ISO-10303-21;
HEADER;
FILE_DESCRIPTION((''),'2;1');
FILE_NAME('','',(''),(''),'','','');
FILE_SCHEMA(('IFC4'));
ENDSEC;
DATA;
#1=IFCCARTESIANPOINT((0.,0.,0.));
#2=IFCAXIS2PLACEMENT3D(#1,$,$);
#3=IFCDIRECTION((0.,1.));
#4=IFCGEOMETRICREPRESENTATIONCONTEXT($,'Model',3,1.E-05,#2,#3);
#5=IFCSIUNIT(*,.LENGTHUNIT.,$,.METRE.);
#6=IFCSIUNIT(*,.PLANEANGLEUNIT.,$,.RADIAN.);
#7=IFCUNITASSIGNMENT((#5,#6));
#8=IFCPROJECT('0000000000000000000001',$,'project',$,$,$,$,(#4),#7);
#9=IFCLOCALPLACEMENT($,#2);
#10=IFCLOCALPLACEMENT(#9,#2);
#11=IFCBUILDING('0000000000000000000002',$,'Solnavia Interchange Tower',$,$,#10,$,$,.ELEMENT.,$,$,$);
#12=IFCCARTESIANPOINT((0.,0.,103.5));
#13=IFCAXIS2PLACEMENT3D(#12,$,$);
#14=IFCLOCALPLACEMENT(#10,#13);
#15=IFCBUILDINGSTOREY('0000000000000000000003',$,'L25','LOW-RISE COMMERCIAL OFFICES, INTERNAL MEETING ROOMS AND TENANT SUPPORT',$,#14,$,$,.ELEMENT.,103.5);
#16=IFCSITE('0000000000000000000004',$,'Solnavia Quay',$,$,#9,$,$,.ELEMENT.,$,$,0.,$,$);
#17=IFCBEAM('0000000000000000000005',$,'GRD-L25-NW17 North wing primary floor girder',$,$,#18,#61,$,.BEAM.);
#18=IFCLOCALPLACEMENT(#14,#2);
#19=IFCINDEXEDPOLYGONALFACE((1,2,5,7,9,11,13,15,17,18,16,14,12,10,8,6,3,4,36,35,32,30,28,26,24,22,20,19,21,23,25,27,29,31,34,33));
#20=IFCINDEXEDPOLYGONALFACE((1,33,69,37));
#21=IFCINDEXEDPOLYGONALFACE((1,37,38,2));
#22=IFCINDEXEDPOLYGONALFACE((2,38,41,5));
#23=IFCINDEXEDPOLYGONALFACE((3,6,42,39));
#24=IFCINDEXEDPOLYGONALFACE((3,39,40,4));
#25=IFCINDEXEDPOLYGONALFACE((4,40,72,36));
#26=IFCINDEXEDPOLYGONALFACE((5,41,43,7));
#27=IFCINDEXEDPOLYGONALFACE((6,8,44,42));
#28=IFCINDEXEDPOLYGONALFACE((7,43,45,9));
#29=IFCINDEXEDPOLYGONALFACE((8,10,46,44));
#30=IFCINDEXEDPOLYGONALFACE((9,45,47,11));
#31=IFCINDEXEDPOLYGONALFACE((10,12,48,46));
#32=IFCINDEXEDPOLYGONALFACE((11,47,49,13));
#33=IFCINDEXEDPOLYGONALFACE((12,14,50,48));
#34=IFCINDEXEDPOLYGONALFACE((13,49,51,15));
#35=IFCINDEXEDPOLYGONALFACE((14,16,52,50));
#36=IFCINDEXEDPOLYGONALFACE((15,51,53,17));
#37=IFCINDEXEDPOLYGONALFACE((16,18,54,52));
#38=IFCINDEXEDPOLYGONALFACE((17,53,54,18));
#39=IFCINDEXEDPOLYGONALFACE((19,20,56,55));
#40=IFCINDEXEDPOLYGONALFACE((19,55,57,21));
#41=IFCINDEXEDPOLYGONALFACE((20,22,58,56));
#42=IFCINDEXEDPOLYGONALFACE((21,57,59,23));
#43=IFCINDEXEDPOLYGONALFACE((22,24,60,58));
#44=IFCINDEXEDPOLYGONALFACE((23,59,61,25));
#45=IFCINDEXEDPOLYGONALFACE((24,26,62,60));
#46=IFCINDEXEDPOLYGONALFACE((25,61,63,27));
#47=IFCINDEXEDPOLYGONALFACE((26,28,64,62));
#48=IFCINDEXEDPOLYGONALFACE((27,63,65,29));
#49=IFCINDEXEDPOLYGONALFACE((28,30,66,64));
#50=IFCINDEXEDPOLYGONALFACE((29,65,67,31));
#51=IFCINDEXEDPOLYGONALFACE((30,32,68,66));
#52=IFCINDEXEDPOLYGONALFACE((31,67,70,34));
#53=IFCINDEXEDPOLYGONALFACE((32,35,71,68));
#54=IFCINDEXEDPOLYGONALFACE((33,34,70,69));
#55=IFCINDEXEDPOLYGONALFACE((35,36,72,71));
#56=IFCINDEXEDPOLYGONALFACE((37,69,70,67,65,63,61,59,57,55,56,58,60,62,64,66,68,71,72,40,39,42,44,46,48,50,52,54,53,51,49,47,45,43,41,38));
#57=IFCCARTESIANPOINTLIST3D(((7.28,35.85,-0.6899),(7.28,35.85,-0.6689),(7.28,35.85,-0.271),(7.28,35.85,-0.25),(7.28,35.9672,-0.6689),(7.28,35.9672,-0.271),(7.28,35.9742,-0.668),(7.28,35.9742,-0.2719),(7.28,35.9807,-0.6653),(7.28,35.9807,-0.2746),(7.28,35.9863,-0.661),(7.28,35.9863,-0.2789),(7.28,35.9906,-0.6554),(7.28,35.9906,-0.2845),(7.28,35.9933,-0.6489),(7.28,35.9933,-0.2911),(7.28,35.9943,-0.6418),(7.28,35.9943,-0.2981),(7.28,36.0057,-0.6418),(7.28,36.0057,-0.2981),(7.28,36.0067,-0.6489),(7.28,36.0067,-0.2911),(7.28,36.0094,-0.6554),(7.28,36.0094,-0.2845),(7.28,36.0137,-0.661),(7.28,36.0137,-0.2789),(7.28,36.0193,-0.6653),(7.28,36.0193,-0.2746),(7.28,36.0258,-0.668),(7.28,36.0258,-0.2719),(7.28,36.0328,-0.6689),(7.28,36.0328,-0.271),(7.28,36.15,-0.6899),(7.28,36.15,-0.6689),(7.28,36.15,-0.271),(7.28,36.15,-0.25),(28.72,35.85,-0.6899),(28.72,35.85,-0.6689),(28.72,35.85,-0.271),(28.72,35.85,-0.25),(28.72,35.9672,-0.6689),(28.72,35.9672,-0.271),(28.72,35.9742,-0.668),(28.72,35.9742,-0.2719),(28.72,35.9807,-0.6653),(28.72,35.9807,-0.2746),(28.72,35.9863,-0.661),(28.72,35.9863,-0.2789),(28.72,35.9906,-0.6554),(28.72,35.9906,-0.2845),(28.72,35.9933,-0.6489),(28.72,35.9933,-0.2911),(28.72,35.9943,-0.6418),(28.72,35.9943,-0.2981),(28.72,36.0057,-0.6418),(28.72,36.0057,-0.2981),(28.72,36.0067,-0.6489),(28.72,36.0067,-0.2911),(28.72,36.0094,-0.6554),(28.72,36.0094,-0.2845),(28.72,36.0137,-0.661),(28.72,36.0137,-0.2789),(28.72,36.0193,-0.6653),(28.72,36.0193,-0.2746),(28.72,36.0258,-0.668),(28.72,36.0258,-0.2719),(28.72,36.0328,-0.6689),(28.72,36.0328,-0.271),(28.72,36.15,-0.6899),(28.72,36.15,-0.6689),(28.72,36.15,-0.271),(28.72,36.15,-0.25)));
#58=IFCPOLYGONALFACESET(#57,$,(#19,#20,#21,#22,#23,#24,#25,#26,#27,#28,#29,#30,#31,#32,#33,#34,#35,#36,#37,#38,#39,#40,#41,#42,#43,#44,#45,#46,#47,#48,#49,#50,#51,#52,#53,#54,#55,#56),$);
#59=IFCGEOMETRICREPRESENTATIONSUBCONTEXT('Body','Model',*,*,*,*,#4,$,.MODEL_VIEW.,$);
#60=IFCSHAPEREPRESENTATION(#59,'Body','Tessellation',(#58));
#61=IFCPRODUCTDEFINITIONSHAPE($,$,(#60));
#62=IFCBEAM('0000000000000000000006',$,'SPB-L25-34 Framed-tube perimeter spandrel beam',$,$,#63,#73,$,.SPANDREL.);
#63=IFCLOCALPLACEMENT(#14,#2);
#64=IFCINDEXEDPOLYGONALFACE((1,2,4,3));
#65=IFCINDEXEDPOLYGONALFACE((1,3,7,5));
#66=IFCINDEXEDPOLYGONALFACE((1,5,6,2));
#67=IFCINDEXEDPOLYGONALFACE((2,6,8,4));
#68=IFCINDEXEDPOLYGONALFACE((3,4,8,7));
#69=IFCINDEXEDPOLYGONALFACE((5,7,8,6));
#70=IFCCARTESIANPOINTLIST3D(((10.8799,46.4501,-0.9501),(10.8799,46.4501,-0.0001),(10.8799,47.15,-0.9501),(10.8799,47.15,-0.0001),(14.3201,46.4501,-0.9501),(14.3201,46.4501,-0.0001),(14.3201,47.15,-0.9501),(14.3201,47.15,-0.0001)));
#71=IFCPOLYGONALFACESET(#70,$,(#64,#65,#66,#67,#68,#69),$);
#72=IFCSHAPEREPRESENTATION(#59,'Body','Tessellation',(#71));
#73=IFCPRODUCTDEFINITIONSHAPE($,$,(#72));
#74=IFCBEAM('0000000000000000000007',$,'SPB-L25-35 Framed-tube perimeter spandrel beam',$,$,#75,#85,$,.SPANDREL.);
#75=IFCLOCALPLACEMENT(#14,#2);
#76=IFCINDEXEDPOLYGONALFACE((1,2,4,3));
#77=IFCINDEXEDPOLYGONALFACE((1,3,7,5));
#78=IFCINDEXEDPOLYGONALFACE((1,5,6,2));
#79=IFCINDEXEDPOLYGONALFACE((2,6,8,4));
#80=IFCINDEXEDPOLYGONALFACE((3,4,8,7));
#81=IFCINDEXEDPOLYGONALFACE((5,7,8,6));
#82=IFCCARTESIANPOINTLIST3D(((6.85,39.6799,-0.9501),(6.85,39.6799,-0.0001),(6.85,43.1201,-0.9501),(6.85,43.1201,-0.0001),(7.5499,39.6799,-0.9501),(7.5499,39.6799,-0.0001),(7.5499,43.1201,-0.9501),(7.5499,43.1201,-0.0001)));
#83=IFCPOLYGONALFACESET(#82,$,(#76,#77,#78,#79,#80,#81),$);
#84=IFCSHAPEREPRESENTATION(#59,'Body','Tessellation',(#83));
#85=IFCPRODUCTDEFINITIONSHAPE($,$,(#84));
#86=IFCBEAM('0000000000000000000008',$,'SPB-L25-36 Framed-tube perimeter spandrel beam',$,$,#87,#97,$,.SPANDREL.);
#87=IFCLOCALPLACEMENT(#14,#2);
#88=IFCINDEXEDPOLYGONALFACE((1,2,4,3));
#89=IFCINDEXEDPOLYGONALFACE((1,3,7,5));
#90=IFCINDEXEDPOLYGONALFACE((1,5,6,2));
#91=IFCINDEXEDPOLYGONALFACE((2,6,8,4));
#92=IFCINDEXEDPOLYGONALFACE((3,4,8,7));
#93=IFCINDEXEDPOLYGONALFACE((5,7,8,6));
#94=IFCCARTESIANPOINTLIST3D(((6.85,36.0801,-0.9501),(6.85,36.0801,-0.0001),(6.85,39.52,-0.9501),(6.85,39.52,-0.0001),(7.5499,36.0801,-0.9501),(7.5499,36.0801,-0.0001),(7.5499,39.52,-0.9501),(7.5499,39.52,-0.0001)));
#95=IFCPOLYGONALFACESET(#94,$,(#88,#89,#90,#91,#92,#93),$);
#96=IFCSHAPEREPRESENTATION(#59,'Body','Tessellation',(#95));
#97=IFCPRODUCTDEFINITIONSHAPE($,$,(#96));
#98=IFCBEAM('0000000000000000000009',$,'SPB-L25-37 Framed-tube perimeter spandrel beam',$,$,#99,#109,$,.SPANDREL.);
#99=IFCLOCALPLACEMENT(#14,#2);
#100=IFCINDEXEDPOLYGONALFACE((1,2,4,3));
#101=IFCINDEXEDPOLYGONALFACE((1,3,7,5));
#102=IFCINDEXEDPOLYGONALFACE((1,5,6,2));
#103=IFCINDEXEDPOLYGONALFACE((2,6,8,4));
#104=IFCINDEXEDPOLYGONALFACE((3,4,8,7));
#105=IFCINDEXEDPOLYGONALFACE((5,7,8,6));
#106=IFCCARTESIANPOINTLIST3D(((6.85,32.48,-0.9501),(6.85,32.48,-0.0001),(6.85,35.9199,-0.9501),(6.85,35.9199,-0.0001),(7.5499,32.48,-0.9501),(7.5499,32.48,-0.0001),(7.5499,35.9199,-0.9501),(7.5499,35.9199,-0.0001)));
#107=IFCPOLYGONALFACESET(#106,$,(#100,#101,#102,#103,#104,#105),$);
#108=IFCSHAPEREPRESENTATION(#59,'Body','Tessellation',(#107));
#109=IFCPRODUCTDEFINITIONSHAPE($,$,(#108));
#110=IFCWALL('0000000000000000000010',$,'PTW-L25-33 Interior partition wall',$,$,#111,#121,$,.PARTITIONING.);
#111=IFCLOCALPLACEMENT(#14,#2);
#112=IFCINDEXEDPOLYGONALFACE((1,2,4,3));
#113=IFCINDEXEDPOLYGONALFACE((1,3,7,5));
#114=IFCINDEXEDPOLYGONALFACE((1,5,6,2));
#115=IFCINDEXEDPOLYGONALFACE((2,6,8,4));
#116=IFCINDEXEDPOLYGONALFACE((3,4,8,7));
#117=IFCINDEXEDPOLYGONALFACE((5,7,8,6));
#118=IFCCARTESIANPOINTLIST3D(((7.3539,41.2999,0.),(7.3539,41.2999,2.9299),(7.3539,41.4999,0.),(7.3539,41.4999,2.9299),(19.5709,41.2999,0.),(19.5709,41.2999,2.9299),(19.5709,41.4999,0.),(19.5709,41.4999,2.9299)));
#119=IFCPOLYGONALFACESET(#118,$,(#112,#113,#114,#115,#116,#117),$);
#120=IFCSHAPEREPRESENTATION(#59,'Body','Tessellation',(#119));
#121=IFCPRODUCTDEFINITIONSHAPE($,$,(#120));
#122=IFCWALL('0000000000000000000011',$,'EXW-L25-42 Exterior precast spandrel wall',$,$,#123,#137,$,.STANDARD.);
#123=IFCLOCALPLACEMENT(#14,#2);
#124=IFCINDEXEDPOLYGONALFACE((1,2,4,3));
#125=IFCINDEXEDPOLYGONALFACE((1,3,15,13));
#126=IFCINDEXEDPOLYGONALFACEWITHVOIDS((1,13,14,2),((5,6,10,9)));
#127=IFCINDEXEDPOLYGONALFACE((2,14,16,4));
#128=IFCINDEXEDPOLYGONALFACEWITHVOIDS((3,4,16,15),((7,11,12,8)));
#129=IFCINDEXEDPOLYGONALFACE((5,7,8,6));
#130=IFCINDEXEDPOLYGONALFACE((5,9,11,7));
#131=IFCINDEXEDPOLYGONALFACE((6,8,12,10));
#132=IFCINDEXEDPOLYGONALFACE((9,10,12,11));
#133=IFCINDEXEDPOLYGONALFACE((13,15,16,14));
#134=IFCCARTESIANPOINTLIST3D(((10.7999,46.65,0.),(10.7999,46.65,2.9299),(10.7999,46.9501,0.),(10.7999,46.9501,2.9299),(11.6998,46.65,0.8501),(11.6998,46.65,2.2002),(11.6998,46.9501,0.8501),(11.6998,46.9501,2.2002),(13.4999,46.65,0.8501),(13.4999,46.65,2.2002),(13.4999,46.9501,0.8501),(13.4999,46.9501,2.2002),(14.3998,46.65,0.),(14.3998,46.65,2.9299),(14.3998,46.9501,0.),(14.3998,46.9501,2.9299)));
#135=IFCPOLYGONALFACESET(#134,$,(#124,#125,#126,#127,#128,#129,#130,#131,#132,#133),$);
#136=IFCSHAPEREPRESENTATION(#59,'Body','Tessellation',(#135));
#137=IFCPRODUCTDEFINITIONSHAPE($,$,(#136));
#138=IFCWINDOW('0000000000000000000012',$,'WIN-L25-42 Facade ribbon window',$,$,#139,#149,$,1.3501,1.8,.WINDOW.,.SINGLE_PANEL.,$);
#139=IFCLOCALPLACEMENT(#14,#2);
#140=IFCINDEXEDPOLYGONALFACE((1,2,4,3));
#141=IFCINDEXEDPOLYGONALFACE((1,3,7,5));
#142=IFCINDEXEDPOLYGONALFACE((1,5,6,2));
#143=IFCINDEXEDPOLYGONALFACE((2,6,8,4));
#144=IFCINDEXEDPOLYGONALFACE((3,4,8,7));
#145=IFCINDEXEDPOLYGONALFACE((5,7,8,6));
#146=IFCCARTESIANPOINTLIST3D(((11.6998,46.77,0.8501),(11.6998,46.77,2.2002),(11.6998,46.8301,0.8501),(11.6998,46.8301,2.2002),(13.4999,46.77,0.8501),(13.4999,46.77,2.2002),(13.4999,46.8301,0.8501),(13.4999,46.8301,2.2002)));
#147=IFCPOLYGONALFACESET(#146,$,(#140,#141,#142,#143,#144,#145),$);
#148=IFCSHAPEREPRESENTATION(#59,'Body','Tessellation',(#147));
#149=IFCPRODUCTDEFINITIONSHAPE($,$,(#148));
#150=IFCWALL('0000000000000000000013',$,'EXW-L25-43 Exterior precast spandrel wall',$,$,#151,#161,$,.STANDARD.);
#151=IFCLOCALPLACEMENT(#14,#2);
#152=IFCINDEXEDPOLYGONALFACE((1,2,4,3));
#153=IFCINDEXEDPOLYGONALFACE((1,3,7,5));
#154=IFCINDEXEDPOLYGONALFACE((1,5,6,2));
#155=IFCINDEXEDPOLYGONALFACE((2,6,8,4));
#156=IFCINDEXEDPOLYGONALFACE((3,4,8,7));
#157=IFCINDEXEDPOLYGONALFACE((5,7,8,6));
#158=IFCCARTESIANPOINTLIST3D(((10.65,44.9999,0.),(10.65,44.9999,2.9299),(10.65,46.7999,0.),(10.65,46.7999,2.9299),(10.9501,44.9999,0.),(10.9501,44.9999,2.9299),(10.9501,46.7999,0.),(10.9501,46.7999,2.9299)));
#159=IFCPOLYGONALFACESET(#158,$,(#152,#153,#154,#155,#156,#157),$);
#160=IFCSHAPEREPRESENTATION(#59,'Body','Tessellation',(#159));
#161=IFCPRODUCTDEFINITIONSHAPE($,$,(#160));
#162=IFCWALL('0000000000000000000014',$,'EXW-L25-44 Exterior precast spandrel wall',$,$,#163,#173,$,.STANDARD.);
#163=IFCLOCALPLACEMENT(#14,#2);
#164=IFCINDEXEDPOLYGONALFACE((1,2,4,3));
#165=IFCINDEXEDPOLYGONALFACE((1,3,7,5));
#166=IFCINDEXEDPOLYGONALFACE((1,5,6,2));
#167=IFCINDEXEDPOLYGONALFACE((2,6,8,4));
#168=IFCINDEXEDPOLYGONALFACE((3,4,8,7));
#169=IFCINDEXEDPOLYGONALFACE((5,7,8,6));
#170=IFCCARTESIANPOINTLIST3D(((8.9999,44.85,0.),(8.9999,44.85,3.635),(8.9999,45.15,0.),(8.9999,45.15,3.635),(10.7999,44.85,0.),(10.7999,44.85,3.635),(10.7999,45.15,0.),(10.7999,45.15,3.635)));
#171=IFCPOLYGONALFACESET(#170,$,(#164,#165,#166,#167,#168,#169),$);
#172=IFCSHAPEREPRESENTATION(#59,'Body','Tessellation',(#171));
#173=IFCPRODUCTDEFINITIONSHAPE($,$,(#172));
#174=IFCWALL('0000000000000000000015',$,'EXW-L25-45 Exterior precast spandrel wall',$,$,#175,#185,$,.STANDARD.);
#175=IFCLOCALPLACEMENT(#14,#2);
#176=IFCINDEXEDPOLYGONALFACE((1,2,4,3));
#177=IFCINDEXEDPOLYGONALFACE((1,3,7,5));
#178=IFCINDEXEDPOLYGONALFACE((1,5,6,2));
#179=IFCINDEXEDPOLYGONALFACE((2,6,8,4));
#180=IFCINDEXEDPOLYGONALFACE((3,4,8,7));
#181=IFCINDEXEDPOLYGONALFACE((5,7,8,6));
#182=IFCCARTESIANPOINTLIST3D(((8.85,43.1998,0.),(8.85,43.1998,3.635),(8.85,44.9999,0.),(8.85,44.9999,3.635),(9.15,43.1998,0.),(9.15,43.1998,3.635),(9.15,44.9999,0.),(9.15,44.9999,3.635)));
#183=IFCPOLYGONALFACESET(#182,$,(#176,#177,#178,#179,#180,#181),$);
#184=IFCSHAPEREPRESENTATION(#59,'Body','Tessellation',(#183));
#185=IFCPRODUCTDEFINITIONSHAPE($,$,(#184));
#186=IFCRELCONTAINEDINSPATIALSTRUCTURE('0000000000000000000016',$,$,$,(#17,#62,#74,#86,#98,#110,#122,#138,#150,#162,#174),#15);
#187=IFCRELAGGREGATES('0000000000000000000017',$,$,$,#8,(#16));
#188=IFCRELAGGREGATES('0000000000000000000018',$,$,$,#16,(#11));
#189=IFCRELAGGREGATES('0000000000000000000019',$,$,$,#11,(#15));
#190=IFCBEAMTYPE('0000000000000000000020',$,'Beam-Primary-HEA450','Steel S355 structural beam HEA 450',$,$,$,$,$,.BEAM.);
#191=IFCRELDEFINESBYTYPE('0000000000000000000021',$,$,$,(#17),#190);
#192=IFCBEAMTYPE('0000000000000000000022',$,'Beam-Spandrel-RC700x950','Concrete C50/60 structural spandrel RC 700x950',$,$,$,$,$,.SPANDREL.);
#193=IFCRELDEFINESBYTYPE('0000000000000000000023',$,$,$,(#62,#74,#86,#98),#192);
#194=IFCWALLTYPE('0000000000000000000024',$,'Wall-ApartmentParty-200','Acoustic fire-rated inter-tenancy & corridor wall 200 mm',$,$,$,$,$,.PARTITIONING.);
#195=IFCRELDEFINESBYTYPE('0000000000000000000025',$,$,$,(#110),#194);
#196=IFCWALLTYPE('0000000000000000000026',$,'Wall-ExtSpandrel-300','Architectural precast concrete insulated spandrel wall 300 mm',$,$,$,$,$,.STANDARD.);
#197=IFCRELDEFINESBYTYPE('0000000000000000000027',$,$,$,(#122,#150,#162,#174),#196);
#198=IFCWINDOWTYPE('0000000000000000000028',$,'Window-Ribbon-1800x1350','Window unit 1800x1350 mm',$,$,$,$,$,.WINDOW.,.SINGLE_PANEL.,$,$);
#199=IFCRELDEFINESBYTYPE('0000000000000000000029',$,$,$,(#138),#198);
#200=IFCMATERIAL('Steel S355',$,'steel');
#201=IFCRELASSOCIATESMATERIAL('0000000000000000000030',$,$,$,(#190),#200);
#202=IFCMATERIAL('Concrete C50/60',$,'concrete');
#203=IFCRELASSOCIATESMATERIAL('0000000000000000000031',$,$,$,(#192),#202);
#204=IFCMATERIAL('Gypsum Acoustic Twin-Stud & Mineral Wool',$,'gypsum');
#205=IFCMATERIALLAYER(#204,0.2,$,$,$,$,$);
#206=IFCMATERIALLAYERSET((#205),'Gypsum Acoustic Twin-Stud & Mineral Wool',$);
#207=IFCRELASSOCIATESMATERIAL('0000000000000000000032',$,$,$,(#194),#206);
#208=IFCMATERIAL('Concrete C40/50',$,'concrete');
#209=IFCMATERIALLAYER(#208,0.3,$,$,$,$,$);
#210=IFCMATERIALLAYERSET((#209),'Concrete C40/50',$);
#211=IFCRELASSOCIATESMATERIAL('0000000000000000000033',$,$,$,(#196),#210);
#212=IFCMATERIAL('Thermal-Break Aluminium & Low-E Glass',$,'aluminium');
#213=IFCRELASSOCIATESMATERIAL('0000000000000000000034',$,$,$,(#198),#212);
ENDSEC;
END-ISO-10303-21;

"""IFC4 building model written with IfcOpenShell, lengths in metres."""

from ifc_helpers import new_model, si_unit, direction, frame, frame_2d, origin, origin_2d, place, context, subcontext, project, spatial, rectangle, i_section, extrude, material, layer, layer_set, material_profile, profile_set, type_object, element, fill, save


model = new_model("IFC4")

# Units and contexts
model_context = context("Model", 3, precision=1e-05, world=origin(), true_north=direction((0.0, 1.0)))
body_context = subcontext(model_context, "Body", "Model", "MODEL_VIEW")
ifc_project = project(units=[si_unit("LENGTHUNIT", "METRE"), si_unit("PLANEANGLEUNIT", "RADIAN")], contexts=[model_context])

# Site, building, storey
site_placement = place(None, origin())
site = spatial("IfcSite", under=ifc_project, at=site_placement, Name="Solnavia Quay", CompositionType="ELEMENT", RefElevation=0.0)
building_placement = place(site_placement, origin())
building = spatial("IfcBuilding", under=site, at=building_placement, Name="Solnavia Interchange Tower", CompositionType="ELEMENT")
storey_placement = place(building_placement, frame((0.0, 0.0, 103.5)))
storey = spatial("IfcBuildingStorey", under=building, at=storey_placement, Name="L25", Description="LOW-RISE COMMERCIAL OFFICES, INTERNAL MEETING ROOMS AND TENANT SUPPORT", CompositionType="ELEMENT", Elevation=103.5)

# Shared definitions
ifc_material_1 = material(Name="Concrete C50/60", Category="concrete")

# Beams
ifc_material_2 = material(Name="Steel S355", Category="steel")
ifc_material_profile_1 = material_profile(ifc_material_2, i_section(OverallWidth=0.3, OverallDepth=0.4399, WebThickness=0.0115, FlangeThickness=0.021, FilletRadius=0.0271, at=origin_2d()), Name="HEA 450")
ifc_profile_set_1 = profile_set([ifc_material_profile_1], Name="Steel S355")
beam_type_1 = type_object("IfcBeamType", Name="Beam-Primary-HEA450", Description="Steel S355 structural beam HEA 450", PredefinedType="BEAM", material=ifc_profile_set_1)
beam_1_placement = place(storey_placement, frame((7.28, 36.0, -0.47), z_axis=(1.0, 0.0, 0.0), x_axis=(0.0, 1.0, 0.0)))
element("IfcBeam", 1, at=beam_1_placement, inside=storey, type_object=beam_type_1, Name="GRD-L25-NW17 North wing primary floor girder", PredefinedType="BEAM", context=body_context, shape_type="SweptSolid", body=[
    extrude(i_section(OverallWidth=0.3, OverallDepth=0.4399, WebThickness=0.0115, FlangeThickness=0.021, FilletRadius=0.0271, at=origin_2d()), origin(), (0.0, 0.0, 1.0), 21.4399),
])
ifc_material_profile_2 = material_profile(ifc_material_1, rectangle(XDim=0.7, YDim=0.95, at=origin_2d()), Name="RC 700x950")
ifc_profile_set_2 = profile_set([ifc_material_profile_2], Name="Concrete C50/60")
beam_type_2 = type_object("IfcBeamType", Name="Beam-Spandrel-RC700x950", Description="Concrete C50/60 structural spandrel RC 700x950", PredefinedType="SPANDREL", material=ifc_profile_set_2)
for number, where, z_axis, x_axis, name in (
    (2, (14.3201, 46.8, -0.4751), (-1.0, 0.0, 0.0), (0.0, -1.0, 0.0), "SPB-L25-34 Framed-tube perimeter spandrel beam"),
    (3, (7.2, 43.1201, -0.4751), (0.0, -1.0, 0.0), (1.0, 0.0, 0.0), "SPB-L25-35 Framed-tube perimeter spandrel beam"),
):
    element("IfcBeam", number, at=place(storey_placement, frame(where, z_axis=z_axis, x_axis=x_axis)), inside=storey, type_object=beam_type_2, Name=name, PredefinedType="SPANDREL", context=body_context, shape_type="SweptSolid", body=[
        extrude(rectangle(XDim=0.7, YDim=0.95, at=origin_2d()), origin(), (0.0, 0.0, 1.0), 3.4402),
    ])
for number, where, z_axis, x_axis, name in (
    (4, (7.2, 39.52, -0.4751), (0.0, -1.0, 0.0), (1.0, 0.0, 0.0), "SPB-L25-36 Framed-tube perimeter spandrel beam"),
    (5, (7.2, 35.9199, -0.4751), (0.0, -1.0, 0.0), (1.0, 0.0, 0.0), "SPB-L25-37 Framed-tube perimeter spandrel beam"),
):
    element("IfcBeam", number, at=place(storey_placement, frame(where, z_axis=z_axis, x_axis=x_axis)), inside=storey, type_object=beam_type_2, Name=name, PredefinedType="SPANDREL", context=body_context, shape_type="SweptSolid", body=[
        extrude(rectangle(XDim=0.7, YDim=0.95, at=origin_2d()), origin(), (0.0, 0.0, 1.0), 3.4399),
    ])

# Wall
ifc_material_3 = material(Name="Gypsum Acoustic Twin-Stud & Mineral Wool", Category="gypsum")
ifc_layer_1 = layer(ifc_material_3, 0.2)
ifc_layer_set_1 = layer_set([ifc_layer_1], Name="Gypsum Acoustic Twin-Stud & Mineral Wool")
wall_type_1 = type_object("IfcWallType", Name="Wall-ApartmentParty-200", Description="Acoustic fire-rated inter-tenancy & corridor wall 200 mm", PredefinedType="PARTITIONING", material=ifc_layer_set_1)
wall_1_placement = place(storey_placement, frame((7.354, 41.3999, 0.0), z_axis=(0.0, 0.0, 1.0), x_axis=(1.0, 0.0, 0.0)))
element("IfcWall", 6, at=wall_1_placement, inside=storey, type_object=wall_type_1, Name="PTW-L25-33 Interior partition wall", PredefinedType="PARTITIONING", context=body_context, shape_type="SweptSolid", body=[
    extrude(rectangle(XDim=12.217, YDim=0.2, at=frame_2d((6.1084, 0.0))), origin(), (0.0, 0.0, 1.0), 2.9299),
])

# Wall, opening, window
ifc_material_4 = material(Name="Concrete C40/50", Category="concrete")
ifc_layer_2 = layer(ifc_material_4, 0.3)
ifc_layer_set_2 = layer_set([ifc_layer_2], Name="Concrete C40/50")
wall_type_2 = type_object("IfcWallType", Name="Wall-ExtSpandrel-300", Description="Architectural precast concrete insulated spandrel wall 300 mm", PredefinedType="STANDARD", material=ifc_layer_set_2)
wall_2_placement = place(storey_placement, frame((10.8, 46.8, 0.0), z_axis=(0.0, 0.0, 1.0), x_axis=(1.0, 0.0, 0.0)))
wall_2 = element("IfcWall", 7, at=wall_2_placement, inside=storey, type_object=wall_type_2, Name="EXW-L25-42 Exterior precast spandrel wall", PredefinedType="STANDARD", context=body_context, shape_type="SweptSolid", body=[
    extrude(rectangle(XDim=3.5999, YDim=0.3, at=frame_2d((1.7998, 0.0))), origin(), (0.0, 0.0, 1.0), 2.9299),
])
opening_1_placement = place(wall_2_placement, frame((0.8999, 0.0, 0.8501)))
opening_1 = element("IfcOpeningElement", 8, at=opening_1_placement, cuts=wall_2, PredefinedType="OPENING", context=body_context, shape_type="SweptSolid", body=[
    extrude(rectangle(XDim=1.8, YDim=1.3501, at=frame_2d((0.8999, 0.675))), frame((0.0, 0.1602, 0.0), z_axis=(0.0, -1.0, 0.0), x_axis=(1.0, 0.0, 0.0)), (0.0, 0.0, 1.0), 0.3201),
])
ifc_material_5 = material(Name="Thermal-Break Aluminium & Low-E Glass", Category="aluminium")
window_type = type_object("IfcWindowType", Name="Window-Ribbon-1800x1350", Description="Window unit 1800x1350 mm", PartitioningType="SINGLE_PANEL", PredefinedType="WINDOW", material=ifc_material_5)
window_1_placement = place(opening_1_placement, origin())
window_1 = element("IfcWindow", 9, at=window_1_placement, inside=storey, type_object=window_type, Name="WIN-L25-42 Facade ribbon window", OverallHeight=1.3501, OverallWidth=1.8, PartitioningType="SINGLE_PANEL", PredefinedType="WINDOW", context=body_context, shape_type="SweptSolid", body=[
    extrude(rectangle(XDim=1.8, YDim=1.3501, at=frame_2d((0.8999, 0.675))), frame((0.0, 0.03, 0.0), z_axis=(0.0, -1.0, 0.0), x_axis=(1.0, 0.0, 0.0)), (0.0, 0.0, 1.0), 0.0601),
])
fill(opening_1, window_1)

# Walls
wall_3_placement = place(storey_placement, frame((10.8, 45.0, 0.0), z_axis=(0.0, 0.0, 1.0), x_axis=(0.0, 1.0, 0.0)))
element("IfcWall", 10, at=wall_3_placement, inside=storey, type_object=wall_type_2, Name="EXW-L25-43 Exterior precast spandrel wall", PredefinedType="STANDARD", context=body_context, shape_type="SweptSolid", body=[
    extrude(rectangle(XDim=1.8, YDim=0.3, at=frame_2d((0.8999, 0.0))), origin(), (0.0, 0.0, 1.0), 2.9299),
])
for number, where, z_axis, x_axis, name in (
    (11, (9.0, 45.0, 0.0), (0.0, 0.0, 1.0), (1.0, 0.0, 0.0), "EXW-L25-44 Exterior precast spandrel wall"),
    (12, (9.0, 43.2, 0.0), (0.0, 0.0, 1.0), (0.0, 1.0, 0.0), "EXW-L25-45 Exterior precast spandrel wall"),
):
    element("IfcWall", number, at=place(storey_placement, frame(where, z_axis=z_axis, x_axis=x_axis)), inside=storey, type_object=wall_type_2, Name=name, PredefinedType="STANDARD", context=body_context, shape_type="SweptSolid", body=[
        extrude(rectangle(XDim=1.8, YDim=0.3, at=frame_2d((0.8999, 0.0))), origin(), (0.0, 0.0, 1.0), 3.635),
    ])

save(model, "model.ifc")
